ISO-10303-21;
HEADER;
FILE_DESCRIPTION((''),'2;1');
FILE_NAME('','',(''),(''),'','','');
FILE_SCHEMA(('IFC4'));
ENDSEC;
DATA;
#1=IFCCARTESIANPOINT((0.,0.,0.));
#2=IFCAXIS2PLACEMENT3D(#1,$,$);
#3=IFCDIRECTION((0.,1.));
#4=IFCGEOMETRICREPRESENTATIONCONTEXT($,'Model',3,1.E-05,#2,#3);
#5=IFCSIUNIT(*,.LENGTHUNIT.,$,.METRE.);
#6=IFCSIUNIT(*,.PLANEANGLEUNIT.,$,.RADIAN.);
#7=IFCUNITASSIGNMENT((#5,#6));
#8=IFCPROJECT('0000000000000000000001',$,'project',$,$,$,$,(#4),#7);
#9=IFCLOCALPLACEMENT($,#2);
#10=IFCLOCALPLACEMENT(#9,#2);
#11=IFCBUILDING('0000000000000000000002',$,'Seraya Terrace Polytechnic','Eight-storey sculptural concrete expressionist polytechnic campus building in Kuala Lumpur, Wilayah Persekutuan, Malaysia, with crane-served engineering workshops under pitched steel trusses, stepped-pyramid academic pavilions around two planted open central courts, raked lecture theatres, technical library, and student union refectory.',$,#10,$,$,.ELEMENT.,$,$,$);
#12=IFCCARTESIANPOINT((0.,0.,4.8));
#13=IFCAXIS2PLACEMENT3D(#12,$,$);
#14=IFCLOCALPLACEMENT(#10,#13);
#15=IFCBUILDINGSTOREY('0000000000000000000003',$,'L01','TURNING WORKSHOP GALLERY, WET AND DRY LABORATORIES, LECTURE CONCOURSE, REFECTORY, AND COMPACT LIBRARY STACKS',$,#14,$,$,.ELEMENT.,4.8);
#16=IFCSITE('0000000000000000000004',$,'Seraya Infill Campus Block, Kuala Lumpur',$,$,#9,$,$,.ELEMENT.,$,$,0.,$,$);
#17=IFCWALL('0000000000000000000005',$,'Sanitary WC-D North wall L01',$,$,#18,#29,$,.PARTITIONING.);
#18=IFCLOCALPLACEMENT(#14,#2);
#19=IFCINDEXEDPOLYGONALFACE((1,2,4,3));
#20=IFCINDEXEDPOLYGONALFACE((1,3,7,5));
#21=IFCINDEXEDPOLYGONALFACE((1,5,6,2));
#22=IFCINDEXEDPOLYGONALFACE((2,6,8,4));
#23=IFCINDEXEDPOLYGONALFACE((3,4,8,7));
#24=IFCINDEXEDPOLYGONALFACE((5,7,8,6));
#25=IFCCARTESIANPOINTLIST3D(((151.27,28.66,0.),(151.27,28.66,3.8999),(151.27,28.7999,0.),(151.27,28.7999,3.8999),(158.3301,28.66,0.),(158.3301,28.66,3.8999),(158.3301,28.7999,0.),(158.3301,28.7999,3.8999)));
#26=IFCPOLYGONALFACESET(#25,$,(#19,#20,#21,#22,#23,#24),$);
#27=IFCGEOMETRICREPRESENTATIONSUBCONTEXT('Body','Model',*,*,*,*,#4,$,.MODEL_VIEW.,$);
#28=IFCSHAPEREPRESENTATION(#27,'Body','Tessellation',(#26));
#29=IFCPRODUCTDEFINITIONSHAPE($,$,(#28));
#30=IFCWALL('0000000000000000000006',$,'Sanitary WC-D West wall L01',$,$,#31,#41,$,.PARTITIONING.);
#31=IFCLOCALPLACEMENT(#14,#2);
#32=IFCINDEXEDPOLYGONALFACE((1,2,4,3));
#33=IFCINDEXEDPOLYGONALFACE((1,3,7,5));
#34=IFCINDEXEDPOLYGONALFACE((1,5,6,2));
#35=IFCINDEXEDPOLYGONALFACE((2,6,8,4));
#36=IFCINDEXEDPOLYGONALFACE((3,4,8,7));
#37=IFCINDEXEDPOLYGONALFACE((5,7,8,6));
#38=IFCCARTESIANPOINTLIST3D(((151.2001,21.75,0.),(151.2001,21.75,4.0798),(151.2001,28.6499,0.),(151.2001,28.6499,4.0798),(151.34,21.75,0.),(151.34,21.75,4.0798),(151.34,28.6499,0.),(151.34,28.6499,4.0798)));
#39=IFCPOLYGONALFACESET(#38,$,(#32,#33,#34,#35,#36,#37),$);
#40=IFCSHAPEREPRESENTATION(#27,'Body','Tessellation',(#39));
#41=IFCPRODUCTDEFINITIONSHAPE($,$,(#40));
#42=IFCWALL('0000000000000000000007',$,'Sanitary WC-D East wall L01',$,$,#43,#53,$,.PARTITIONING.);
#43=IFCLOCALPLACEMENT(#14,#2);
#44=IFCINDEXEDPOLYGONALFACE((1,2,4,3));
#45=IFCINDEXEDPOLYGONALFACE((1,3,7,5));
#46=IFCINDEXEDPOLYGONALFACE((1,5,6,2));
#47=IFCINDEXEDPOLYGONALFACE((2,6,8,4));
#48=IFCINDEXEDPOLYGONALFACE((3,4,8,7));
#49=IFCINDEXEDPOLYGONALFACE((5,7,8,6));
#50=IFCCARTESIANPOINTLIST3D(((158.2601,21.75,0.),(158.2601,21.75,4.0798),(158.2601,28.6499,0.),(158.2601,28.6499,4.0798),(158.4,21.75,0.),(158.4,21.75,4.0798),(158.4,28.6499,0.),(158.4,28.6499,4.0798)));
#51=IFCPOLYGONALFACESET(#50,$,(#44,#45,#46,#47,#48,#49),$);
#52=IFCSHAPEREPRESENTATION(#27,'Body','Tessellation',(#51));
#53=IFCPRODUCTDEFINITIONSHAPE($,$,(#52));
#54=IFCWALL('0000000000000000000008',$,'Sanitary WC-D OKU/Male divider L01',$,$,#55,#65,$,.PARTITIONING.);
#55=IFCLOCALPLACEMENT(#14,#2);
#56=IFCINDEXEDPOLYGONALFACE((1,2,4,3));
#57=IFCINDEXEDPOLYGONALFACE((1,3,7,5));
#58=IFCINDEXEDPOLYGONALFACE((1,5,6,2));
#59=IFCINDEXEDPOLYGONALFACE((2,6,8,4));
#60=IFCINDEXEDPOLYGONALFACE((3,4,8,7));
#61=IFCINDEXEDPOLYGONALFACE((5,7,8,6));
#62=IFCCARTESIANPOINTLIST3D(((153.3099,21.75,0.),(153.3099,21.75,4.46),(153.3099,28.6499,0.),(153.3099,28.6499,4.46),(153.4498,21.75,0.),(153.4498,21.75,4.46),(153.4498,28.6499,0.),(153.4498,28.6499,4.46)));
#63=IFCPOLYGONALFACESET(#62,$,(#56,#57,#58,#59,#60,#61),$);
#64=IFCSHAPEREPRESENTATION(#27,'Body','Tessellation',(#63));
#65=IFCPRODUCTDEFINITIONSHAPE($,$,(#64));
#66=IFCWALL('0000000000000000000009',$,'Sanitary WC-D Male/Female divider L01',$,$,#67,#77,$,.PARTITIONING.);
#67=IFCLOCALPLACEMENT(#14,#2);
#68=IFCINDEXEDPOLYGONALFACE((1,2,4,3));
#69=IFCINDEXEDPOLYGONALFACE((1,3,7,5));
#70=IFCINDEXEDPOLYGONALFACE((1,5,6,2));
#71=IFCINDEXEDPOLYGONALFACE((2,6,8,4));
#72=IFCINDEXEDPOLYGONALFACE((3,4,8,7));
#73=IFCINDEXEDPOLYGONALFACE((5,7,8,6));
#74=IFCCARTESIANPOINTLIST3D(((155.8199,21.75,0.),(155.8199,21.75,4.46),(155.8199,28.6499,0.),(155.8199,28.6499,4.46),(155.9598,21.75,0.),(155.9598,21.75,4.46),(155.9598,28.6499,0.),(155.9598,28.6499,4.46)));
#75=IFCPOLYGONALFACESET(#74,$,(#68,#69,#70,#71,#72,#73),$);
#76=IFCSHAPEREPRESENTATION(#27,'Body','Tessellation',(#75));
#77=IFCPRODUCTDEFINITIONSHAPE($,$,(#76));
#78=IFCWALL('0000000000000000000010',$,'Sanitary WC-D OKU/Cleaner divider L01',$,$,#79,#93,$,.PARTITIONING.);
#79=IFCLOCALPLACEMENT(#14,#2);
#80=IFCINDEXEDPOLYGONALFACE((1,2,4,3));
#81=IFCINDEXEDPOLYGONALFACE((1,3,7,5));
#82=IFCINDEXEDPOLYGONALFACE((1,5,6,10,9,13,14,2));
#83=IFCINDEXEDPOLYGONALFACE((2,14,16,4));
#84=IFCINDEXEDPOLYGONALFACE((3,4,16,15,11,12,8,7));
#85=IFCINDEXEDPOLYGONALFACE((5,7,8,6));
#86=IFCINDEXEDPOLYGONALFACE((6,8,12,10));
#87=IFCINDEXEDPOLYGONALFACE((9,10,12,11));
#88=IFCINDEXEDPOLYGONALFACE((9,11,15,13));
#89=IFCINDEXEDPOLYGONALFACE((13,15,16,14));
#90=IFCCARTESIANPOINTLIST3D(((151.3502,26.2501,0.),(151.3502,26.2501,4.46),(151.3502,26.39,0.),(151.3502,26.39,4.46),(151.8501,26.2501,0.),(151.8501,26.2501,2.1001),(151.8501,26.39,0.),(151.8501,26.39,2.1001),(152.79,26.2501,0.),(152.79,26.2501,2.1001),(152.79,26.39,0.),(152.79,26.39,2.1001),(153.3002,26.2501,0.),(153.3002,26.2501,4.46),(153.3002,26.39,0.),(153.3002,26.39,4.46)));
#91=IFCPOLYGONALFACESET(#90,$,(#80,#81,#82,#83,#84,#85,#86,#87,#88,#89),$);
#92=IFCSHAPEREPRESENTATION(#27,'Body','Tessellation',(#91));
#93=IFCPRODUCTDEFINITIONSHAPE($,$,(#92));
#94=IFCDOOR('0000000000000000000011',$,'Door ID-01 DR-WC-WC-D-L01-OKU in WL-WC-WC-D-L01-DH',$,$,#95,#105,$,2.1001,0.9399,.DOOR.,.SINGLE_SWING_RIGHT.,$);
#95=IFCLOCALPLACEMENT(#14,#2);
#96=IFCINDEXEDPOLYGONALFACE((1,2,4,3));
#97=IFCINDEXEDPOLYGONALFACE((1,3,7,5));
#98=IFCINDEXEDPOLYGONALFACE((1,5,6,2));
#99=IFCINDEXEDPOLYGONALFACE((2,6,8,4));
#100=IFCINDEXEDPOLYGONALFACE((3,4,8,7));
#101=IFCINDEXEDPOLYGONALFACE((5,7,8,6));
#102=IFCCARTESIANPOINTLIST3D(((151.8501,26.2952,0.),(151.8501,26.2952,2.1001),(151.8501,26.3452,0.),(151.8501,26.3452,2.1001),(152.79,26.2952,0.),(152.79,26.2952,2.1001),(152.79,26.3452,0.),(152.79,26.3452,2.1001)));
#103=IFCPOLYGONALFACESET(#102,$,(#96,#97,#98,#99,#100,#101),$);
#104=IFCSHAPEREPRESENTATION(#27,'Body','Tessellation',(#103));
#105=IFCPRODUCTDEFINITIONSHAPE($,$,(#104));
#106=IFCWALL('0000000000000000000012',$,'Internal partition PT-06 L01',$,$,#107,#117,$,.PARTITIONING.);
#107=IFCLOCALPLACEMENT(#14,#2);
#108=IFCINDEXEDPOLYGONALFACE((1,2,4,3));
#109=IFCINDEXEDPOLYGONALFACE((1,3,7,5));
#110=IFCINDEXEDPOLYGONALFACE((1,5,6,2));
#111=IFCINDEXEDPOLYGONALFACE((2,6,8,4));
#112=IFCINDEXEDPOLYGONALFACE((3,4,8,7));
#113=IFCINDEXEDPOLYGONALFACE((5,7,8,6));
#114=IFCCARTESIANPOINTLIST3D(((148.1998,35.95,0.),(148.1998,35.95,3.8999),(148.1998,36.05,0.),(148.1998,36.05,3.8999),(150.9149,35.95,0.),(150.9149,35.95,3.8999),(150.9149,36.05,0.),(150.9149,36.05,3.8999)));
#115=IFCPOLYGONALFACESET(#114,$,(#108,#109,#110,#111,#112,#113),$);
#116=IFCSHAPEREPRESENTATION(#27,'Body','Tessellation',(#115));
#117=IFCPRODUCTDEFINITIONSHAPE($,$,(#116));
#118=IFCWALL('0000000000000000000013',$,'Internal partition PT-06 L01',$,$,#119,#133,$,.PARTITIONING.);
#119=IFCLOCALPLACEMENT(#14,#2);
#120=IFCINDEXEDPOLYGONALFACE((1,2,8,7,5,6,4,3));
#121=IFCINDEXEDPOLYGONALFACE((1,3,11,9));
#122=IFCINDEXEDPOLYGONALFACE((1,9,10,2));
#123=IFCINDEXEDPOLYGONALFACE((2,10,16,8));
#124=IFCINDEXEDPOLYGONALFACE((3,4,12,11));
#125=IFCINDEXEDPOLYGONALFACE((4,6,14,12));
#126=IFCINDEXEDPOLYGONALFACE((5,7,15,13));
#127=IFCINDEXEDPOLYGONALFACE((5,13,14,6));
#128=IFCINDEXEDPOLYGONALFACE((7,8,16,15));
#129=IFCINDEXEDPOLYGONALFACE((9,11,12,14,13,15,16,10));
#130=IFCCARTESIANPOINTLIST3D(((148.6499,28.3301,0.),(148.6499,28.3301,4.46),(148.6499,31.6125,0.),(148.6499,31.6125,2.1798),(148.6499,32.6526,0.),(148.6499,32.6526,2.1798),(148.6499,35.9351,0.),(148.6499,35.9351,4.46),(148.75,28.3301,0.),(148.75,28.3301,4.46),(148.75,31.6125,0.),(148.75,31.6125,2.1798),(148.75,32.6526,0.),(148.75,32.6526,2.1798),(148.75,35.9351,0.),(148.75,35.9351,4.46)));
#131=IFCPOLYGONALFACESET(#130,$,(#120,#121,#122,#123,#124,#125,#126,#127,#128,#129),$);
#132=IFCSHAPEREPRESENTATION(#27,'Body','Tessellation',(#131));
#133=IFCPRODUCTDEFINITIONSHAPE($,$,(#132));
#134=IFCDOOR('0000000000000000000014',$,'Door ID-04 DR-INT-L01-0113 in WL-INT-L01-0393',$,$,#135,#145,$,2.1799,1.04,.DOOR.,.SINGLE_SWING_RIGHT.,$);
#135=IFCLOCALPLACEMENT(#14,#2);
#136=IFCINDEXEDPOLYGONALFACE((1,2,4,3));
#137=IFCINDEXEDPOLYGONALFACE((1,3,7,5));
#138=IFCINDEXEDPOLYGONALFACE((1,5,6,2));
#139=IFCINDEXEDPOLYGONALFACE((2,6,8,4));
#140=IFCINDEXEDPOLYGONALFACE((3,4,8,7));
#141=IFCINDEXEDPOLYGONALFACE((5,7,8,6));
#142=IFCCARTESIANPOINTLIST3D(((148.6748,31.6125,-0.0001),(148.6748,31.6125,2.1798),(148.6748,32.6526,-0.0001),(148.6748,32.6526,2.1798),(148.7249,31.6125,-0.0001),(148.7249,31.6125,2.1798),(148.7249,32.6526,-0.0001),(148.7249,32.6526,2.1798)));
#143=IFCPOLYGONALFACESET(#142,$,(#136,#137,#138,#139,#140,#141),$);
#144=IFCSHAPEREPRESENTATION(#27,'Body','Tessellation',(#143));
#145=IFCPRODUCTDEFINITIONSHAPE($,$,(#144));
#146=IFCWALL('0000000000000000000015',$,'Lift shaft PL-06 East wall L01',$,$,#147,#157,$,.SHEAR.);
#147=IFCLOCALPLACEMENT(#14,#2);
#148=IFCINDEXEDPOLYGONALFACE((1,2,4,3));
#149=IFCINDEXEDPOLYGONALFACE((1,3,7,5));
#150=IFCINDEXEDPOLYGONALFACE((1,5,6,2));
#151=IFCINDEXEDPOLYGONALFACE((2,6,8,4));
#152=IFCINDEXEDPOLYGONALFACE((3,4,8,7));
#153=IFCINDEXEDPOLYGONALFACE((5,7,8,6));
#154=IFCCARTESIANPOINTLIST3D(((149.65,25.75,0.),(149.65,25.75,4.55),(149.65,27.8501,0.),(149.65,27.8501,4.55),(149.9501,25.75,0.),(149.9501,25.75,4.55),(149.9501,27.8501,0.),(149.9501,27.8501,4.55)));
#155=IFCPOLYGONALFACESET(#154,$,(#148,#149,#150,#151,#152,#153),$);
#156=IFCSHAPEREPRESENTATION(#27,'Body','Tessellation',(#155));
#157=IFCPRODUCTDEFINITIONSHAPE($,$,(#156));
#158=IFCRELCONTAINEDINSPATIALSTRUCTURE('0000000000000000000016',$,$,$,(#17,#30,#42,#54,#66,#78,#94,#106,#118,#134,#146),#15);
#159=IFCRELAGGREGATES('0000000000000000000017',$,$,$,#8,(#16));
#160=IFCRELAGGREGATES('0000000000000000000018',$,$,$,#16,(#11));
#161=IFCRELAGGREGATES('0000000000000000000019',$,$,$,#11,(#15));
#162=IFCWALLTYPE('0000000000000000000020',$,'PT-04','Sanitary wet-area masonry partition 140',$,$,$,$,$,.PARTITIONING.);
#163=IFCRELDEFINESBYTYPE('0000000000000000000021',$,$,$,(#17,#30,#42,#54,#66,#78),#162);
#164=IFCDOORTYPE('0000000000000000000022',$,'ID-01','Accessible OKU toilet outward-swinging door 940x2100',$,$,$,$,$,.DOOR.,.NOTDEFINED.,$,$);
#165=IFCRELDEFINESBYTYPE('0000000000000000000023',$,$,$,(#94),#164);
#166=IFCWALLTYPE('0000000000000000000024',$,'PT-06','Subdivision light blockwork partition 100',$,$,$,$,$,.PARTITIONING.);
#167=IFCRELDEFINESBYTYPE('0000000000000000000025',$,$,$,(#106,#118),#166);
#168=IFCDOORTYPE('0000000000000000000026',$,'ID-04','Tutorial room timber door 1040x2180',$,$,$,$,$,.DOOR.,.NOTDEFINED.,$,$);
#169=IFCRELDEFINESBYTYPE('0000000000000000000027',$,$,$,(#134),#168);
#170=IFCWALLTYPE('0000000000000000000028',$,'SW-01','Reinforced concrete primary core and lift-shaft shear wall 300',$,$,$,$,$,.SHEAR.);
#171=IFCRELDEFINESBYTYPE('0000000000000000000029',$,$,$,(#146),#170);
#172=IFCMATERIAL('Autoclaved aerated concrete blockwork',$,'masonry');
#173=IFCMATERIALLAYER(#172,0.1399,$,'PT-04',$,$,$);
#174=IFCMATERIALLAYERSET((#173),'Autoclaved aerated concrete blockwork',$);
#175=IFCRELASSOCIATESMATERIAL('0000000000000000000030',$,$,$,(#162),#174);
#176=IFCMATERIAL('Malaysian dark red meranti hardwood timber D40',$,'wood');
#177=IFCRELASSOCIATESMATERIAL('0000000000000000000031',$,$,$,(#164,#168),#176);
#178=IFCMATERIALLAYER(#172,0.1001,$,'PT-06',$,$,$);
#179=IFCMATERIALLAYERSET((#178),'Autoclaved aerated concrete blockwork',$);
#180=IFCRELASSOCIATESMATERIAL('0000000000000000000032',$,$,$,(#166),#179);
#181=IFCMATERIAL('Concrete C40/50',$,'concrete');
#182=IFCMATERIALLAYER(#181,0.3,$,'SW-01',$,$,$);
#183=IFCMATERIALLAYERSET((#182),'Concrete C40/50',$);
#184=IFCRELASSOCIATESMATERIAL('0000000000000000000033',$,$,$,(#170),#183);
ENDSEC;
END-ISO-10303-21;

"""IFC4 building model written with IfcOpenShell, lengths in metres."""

from ifc_helpers import new_model, si_unit, direction, frame, frame_2d, origin, place, context, subcontext, project, spatial, rectangle, extrude, material, layer, layer_set, type_object, element, fill, save


model = new_model("IFC4")

# Units and contexts
model_context = context("Model", 3, precision=1e-05, world=origin(), true_north=direction((0.0, 1.0)))
body_context = subcontext(model_context, "Body", "Model", "MODEL_VIEW")
ifc_project = project(units=[si_unit("LENGTHUNIT", "METRE"), si_unit("PLANEANGLEUNIT", "RADIAN")], contexts=[model_context])

# Site, building, storey
site_placement = place(None, origin())
site = spatial("IfcSite", under=ifc_project, at=site_placement, Name="Seraya Infill Campus Block, Kuala Lumpur", CompositionType="ELEMENT", RefElevation=0.0)
building_placement = place(site_placement, origin())
building = spatial("IfcBuilding", under=site, at=building_placement, Name="Seraya Terrace Polytechnic", Description="Eight-storey sculptural concrete expressionist polytechnic campus building in Kuala Lumpur, Wilayah Persekutuan, Malaysia, with crane-served engineering workshops under pitched steel trusses, stepped-pyramid academic pavilions around two planted open central courts, raked lecture theatres, technical library, and student union refectory.", CompositionType="ELEMENT")
storey_placement = place(building_placement, frame((0.0, 0.0, 4.8)))
storey = spatial("IfcBuildingStorey", under=building, at=storey_placement, Name="L01", Description="TURNING WORKSHOP GALLERY, WET AND DRY LABORATORIES, LECTURE CONCOURSE, REFECTORY, AND COMPACT LIBRARY STACKS", CompositionType="ELEMENT", Elevation=4.8)

# Shared definitions
ifc_material_1 = material(Name="Concrete C40/50", Category="concrete")

# Shared definitions
ifc_material_2 = material(Name="Autoclaved aerated concrete blockwork", Category="masonry")
ifc_layer_1 = layer(ifc_material_2, 0.1399, Name="PT-04")
ifc_layer_set_1 = layer_set([ifc_layer_1], Name="Autoclaved aerated concrete blockwork")
wall_type_1 = type_object("IfcWallType", Name="PT-04", Description="Sanitary wet-area masonry partition 140", PredefinedType="PARTITIONING", material=ifc_layer_set_1)
ifc_material_3 = material(Name="Malaysian dark red meranti hardwood timber D40", Category="wood")

# Walls
wall_1_placement = place(storey_placement, frame((151.27, 28.73, 0.0), z_axis=(0.0, 0.0, 1.0), x_axis=(1.0, 0.0, 0.0)))
element("IfcWall", 1, at=wall_1_placement, inside=storey, type_object=wall_type_1, Name="Sanitary WC-D North wall L01", PredefinedType="PARTITIONING", context=body_context, shape_type="SweptSolid", body=[
    extrude(rectangle(XDim=7.0601, YDim=0.1399, at=frame_2d((3.53, 0.0))), origin(), (0.0, 0.0, 1.0), 3.8999),
])
for number, where, z_axis, x_axis, name in (
    (2, (151.27, 21.75, 0.0), (0.0, 0.0, 1.0), (0.0, 1.0, 0.0), "Sanitary WC-D West wall L01"),
    (3, (158.3301, 21.75, 0.0), (0.0, 0.0, 1.0), (0.0, 1.0, 0.0), "Sanitary WC-D East wall L01"),
):
    element("IfcWall", number, at=place(storey_placement, frame(where, z_axis=z_axis, x_axis=x_axis)), inside=storey, type_object=wall_type_1, Name=name, PredefinedType="PARTITIONING", context=body_context, shape_type="SweptSolid", body=[
        extrude(rectangle(XDim=6.8999, YDim=0.1399, at=frame_2d((3.45, 0.0))), origin(), (0.0, 0.0, 1.0), 4.0798),
    ])
for number, where, z_axis, x_axis, name in (
    (4, (153.3799, 21.75, 0.0), (0.0, 0.0, 1.0), (0.0, 1.0, 0.0), "Sanitary WC-D OKU/Male divider L01"),
    (5, (155.8899, 21.75, 0.0), (0.0, 0.0, 1.0), (0.0, 1.0, 0.0), "Sanitary WC-D Male/Female divider L01"),
):
    element("IfcWall", number, at=place(storey_placement, frame(where, z_axis=z_axis, x_axis=x_axis)), inside=storey, type_object=wall_type_1, Name=name, PredefinedType="PARTITIONING", context=body_context, shape_type="SweptSolid", body=[
        extrude(rectangle(XDim=6.8999, YDim=0.1399, at=frame_2d((3.45, 0.0))), origin(), (0.0, 0.0, 1.0), 4.46),
    ])

# Wall, opening, door
wall_2_placement = place(storey_placement, frame((151.3501, 26.3201, 0.0), z_axis=(0.0, 0.0, 1.0), x_axis=(1.0, 0.0, 0.0)))
wall_2 = element("IfcWall", 6, at=wall_2_placement, inside=storey, type_object=wall_type_1, Name="Sanitary WC-D OKU/Cleaner divider L01", PredefinedType="PARTITIONING", context=body_context, shape_type="SweptSolid", body=[
    extrude(rectangle(XDim=1.95, YDim=0.1399, at=frame_2d((0.9751, 0.0))), origin(), (0.0, 0.0, 1.0), 4.46),
])
opening_1_placement = place(wall_2_placement, frame((0.5, 0.0, 0.0)))
opening_1 = element("IfcOpeningElement", 7, at=opening_1_placement, cuts=wall_2, PredefinedType="OPENING", context=body_context, shape_type="SweptSolid", body=[
    extrude(rectangle(XDim=0.9399, YDim=2.1001, at=frame_2d((0.47, 1.05))), frame((0.0, 0.082, 0.0), z_axis=(0.0, -1.0, 0.0), x_axis=(1.0, 0.0, 0.0)), (0.0, 0.0, 1.0), 0.1638),
])
door_type_1 = type_object("IfcDoorType", Name="ID-01", Description="Accessible OKU toilet outward-swinging door 940x2100", OperationType="NOTDEFINED", PredefinedType="DOOR", material=ifc_material_3)
door_1_placement = place(opening_1_placement, frame((0.9399, 0.0, 0.0), z_axis=(0.0, 0.0, 1.0), x_axis=(-1.0, 0.0, 0.0)))
door_1 = element("IfcDoor", 8, at=door_1_placement, inside=storey, type_object=door_type_1, Name="Door ID-01 DR-WC-WC-D-L01-OKU in WL-WC-WC-D-L01-DH", OperationType="SINGLE_SWING_RIGHT", OverallHeight=2.1001, OverallWidth=0.9399, PredefinedType="DOOR", context=body_context, shape_type="SweptSolid", body=[
    extrude(rectangle(XDim=0.9399, YDim=2.1001, at=frame_2d((0.47, 1.05))), frame((0.0, 0.0249, 0.0), z_axis=(0.0, -1.0, 0.0), x_axis=(1.0, 0.0, 0.0)), (0.0, 0.0, 1.0), 0.05),
])
fill(opening_1, door_1)

# Wall
ifc_layer_2 = layer(ifc_material_2, 0.1001, Name="PT-06")
ifc_layer_set_2 = layer_set([ifc_layer_2], Name="Autoclaved aerated concrete blockwork")
wall_type_2 = type_object("IfcWallType", Name="PT-06", Description="Subdivision light blockwork partition 100", PredefinedType="PARTITIONING", material=ifc_layer_set_2)
wall_3_placement = place(storey_placement, frame((148.2, 36.0, 0.0), z_axis=(0.0, 0.0, 1.0), x_axis=(1.0, 0.0, 0.0)))
element("IfcWall", 9, at=wall_3_placement, inside=storey, type_object=wall_type_2, Name="Internal partition PT-06 L01", PredefinedType="PARTITIONING", context=body_context, shape_type="SweptSolid", body=[
    extrude(rectangle(XDim=2.7151, YDim=0.1001, at=frame_2d((1.3574, 0.0))), origin(), (0.0, 0.0, 1.0), 3.8999),
])

# Wall, opening, door
wall_4_placement = place(storey_placement, frame((148.7, 28.3301, 0.0), z_axis=(0.0, 0.0, 1.0), x_axis=(0.0, 1.0, 0.0)))
wall_4 = element("IfcWall", 10, at=wall_4_placement, inside=storey, type_object=wall_type_2, Name="Internal partition PT-06 L01", PredefinedType="PARTITIONING", context=body_context, shape_type="SweptSolid", body=[
    extrude(rectangle(XDim=7.605, YDim=0.1001, at=frame_2d((3.8025, 0.0))), origin(), (0.0, 0.0, 1.0), 4.46),
])
opening_2_placement = place(wall_4_placement, frame((3.2825, 0.0, 0.0)))
opening_2 = element("IfcOpeningElement", 11, at=opening_2_placement, cuts=wall_4, PredefinedType="OPENING", context=body_context, shape_type="SweptSolid", body=[
    extrude(rectangle(XDim=1.04, YDim=2.1799, at=frame_2d((0.52, 1.0898))), frame((0.0, 0.062, 0.0), z_axis=(0.0, -1.0, 0.0), x_axis=(1.0, 0.0, 0.0)), (0.0, 0.0, 1.0), 0.124),
])
door_type_2 = type_object("IfcDoorType", Name="ID-04", Description="Tutorial room timber door 1040x2180", OperationType="NOTDEFINED", PredefinedType="DOOR", material=ifc_material_3)
door_2_placement = place(opening_2_placement, frame((1.04, 0.0, 0.0), z_axis=(0.0, 0.0, 1.0), x_axis=(-1.0, 0.0, 0.0)))
door_2 = element("IfcDoor", 12, at=door_2_placement, inside=storey, type_object=door_type_2, Name="Door ID-04 DR-INT-L01-0113 in WL-INT-L01-0393", OperationType="SINGLE_SWING_RIGHT", OverallHeight=2.1799, OverallWidth=1.04, PredefinedType="DOOR", context=body_context, shape_type="SweptSolid", body=[
    extrude(rectangle(XDim=1.04, YDim=2.1799, at=frame_2d((0.52, 1.0898))), frame((0.0, 0.0249, 0.0), z_axis=(0.0, -1.0, 0.0), x_axis=(1.0, 0.0, 0.0)), (0.0, 0.0, 1.0), 0.05),
])
fill(opening_2, door_2)

# Wall
ifc_layer_3 = layer(ifc_material_1, 0.3, Name="SW-01")
ifc_layer_set_3 = layer_set([ifc_layer_3], Name="Concrete C40/50")
wall_type_3 = type_object("IfcWallType", Name="SW-01", Description="Reinforced concrete primary core and lift-shaft shear wall 300", PredefinedType="SHEAR", material=ifc_layer_set_3)
wall_5_placement = place(storey_placement, frame((149.8, 25.75, 0.0), z_axis=(0.0, 0.0, 1.0), x_axis=(0.0, 1.0, 0.0)))
element("IfcWall", 13, at=wall_5_placement, inside=storey, type_object=wall_type_3, Name="Lift shaft PL-06 East wall L01", PredefinedType="SHEAR", context=body_context, shape_type="SweptSolid", body=[
    extrude(rectangle(XDim=2.1001, YDim=0.3, at=frame_2d((1.05, 0.0))), origin(), (0.0, 0.0, 1.0), 4.55),
])

save(model, "model.ifc")
